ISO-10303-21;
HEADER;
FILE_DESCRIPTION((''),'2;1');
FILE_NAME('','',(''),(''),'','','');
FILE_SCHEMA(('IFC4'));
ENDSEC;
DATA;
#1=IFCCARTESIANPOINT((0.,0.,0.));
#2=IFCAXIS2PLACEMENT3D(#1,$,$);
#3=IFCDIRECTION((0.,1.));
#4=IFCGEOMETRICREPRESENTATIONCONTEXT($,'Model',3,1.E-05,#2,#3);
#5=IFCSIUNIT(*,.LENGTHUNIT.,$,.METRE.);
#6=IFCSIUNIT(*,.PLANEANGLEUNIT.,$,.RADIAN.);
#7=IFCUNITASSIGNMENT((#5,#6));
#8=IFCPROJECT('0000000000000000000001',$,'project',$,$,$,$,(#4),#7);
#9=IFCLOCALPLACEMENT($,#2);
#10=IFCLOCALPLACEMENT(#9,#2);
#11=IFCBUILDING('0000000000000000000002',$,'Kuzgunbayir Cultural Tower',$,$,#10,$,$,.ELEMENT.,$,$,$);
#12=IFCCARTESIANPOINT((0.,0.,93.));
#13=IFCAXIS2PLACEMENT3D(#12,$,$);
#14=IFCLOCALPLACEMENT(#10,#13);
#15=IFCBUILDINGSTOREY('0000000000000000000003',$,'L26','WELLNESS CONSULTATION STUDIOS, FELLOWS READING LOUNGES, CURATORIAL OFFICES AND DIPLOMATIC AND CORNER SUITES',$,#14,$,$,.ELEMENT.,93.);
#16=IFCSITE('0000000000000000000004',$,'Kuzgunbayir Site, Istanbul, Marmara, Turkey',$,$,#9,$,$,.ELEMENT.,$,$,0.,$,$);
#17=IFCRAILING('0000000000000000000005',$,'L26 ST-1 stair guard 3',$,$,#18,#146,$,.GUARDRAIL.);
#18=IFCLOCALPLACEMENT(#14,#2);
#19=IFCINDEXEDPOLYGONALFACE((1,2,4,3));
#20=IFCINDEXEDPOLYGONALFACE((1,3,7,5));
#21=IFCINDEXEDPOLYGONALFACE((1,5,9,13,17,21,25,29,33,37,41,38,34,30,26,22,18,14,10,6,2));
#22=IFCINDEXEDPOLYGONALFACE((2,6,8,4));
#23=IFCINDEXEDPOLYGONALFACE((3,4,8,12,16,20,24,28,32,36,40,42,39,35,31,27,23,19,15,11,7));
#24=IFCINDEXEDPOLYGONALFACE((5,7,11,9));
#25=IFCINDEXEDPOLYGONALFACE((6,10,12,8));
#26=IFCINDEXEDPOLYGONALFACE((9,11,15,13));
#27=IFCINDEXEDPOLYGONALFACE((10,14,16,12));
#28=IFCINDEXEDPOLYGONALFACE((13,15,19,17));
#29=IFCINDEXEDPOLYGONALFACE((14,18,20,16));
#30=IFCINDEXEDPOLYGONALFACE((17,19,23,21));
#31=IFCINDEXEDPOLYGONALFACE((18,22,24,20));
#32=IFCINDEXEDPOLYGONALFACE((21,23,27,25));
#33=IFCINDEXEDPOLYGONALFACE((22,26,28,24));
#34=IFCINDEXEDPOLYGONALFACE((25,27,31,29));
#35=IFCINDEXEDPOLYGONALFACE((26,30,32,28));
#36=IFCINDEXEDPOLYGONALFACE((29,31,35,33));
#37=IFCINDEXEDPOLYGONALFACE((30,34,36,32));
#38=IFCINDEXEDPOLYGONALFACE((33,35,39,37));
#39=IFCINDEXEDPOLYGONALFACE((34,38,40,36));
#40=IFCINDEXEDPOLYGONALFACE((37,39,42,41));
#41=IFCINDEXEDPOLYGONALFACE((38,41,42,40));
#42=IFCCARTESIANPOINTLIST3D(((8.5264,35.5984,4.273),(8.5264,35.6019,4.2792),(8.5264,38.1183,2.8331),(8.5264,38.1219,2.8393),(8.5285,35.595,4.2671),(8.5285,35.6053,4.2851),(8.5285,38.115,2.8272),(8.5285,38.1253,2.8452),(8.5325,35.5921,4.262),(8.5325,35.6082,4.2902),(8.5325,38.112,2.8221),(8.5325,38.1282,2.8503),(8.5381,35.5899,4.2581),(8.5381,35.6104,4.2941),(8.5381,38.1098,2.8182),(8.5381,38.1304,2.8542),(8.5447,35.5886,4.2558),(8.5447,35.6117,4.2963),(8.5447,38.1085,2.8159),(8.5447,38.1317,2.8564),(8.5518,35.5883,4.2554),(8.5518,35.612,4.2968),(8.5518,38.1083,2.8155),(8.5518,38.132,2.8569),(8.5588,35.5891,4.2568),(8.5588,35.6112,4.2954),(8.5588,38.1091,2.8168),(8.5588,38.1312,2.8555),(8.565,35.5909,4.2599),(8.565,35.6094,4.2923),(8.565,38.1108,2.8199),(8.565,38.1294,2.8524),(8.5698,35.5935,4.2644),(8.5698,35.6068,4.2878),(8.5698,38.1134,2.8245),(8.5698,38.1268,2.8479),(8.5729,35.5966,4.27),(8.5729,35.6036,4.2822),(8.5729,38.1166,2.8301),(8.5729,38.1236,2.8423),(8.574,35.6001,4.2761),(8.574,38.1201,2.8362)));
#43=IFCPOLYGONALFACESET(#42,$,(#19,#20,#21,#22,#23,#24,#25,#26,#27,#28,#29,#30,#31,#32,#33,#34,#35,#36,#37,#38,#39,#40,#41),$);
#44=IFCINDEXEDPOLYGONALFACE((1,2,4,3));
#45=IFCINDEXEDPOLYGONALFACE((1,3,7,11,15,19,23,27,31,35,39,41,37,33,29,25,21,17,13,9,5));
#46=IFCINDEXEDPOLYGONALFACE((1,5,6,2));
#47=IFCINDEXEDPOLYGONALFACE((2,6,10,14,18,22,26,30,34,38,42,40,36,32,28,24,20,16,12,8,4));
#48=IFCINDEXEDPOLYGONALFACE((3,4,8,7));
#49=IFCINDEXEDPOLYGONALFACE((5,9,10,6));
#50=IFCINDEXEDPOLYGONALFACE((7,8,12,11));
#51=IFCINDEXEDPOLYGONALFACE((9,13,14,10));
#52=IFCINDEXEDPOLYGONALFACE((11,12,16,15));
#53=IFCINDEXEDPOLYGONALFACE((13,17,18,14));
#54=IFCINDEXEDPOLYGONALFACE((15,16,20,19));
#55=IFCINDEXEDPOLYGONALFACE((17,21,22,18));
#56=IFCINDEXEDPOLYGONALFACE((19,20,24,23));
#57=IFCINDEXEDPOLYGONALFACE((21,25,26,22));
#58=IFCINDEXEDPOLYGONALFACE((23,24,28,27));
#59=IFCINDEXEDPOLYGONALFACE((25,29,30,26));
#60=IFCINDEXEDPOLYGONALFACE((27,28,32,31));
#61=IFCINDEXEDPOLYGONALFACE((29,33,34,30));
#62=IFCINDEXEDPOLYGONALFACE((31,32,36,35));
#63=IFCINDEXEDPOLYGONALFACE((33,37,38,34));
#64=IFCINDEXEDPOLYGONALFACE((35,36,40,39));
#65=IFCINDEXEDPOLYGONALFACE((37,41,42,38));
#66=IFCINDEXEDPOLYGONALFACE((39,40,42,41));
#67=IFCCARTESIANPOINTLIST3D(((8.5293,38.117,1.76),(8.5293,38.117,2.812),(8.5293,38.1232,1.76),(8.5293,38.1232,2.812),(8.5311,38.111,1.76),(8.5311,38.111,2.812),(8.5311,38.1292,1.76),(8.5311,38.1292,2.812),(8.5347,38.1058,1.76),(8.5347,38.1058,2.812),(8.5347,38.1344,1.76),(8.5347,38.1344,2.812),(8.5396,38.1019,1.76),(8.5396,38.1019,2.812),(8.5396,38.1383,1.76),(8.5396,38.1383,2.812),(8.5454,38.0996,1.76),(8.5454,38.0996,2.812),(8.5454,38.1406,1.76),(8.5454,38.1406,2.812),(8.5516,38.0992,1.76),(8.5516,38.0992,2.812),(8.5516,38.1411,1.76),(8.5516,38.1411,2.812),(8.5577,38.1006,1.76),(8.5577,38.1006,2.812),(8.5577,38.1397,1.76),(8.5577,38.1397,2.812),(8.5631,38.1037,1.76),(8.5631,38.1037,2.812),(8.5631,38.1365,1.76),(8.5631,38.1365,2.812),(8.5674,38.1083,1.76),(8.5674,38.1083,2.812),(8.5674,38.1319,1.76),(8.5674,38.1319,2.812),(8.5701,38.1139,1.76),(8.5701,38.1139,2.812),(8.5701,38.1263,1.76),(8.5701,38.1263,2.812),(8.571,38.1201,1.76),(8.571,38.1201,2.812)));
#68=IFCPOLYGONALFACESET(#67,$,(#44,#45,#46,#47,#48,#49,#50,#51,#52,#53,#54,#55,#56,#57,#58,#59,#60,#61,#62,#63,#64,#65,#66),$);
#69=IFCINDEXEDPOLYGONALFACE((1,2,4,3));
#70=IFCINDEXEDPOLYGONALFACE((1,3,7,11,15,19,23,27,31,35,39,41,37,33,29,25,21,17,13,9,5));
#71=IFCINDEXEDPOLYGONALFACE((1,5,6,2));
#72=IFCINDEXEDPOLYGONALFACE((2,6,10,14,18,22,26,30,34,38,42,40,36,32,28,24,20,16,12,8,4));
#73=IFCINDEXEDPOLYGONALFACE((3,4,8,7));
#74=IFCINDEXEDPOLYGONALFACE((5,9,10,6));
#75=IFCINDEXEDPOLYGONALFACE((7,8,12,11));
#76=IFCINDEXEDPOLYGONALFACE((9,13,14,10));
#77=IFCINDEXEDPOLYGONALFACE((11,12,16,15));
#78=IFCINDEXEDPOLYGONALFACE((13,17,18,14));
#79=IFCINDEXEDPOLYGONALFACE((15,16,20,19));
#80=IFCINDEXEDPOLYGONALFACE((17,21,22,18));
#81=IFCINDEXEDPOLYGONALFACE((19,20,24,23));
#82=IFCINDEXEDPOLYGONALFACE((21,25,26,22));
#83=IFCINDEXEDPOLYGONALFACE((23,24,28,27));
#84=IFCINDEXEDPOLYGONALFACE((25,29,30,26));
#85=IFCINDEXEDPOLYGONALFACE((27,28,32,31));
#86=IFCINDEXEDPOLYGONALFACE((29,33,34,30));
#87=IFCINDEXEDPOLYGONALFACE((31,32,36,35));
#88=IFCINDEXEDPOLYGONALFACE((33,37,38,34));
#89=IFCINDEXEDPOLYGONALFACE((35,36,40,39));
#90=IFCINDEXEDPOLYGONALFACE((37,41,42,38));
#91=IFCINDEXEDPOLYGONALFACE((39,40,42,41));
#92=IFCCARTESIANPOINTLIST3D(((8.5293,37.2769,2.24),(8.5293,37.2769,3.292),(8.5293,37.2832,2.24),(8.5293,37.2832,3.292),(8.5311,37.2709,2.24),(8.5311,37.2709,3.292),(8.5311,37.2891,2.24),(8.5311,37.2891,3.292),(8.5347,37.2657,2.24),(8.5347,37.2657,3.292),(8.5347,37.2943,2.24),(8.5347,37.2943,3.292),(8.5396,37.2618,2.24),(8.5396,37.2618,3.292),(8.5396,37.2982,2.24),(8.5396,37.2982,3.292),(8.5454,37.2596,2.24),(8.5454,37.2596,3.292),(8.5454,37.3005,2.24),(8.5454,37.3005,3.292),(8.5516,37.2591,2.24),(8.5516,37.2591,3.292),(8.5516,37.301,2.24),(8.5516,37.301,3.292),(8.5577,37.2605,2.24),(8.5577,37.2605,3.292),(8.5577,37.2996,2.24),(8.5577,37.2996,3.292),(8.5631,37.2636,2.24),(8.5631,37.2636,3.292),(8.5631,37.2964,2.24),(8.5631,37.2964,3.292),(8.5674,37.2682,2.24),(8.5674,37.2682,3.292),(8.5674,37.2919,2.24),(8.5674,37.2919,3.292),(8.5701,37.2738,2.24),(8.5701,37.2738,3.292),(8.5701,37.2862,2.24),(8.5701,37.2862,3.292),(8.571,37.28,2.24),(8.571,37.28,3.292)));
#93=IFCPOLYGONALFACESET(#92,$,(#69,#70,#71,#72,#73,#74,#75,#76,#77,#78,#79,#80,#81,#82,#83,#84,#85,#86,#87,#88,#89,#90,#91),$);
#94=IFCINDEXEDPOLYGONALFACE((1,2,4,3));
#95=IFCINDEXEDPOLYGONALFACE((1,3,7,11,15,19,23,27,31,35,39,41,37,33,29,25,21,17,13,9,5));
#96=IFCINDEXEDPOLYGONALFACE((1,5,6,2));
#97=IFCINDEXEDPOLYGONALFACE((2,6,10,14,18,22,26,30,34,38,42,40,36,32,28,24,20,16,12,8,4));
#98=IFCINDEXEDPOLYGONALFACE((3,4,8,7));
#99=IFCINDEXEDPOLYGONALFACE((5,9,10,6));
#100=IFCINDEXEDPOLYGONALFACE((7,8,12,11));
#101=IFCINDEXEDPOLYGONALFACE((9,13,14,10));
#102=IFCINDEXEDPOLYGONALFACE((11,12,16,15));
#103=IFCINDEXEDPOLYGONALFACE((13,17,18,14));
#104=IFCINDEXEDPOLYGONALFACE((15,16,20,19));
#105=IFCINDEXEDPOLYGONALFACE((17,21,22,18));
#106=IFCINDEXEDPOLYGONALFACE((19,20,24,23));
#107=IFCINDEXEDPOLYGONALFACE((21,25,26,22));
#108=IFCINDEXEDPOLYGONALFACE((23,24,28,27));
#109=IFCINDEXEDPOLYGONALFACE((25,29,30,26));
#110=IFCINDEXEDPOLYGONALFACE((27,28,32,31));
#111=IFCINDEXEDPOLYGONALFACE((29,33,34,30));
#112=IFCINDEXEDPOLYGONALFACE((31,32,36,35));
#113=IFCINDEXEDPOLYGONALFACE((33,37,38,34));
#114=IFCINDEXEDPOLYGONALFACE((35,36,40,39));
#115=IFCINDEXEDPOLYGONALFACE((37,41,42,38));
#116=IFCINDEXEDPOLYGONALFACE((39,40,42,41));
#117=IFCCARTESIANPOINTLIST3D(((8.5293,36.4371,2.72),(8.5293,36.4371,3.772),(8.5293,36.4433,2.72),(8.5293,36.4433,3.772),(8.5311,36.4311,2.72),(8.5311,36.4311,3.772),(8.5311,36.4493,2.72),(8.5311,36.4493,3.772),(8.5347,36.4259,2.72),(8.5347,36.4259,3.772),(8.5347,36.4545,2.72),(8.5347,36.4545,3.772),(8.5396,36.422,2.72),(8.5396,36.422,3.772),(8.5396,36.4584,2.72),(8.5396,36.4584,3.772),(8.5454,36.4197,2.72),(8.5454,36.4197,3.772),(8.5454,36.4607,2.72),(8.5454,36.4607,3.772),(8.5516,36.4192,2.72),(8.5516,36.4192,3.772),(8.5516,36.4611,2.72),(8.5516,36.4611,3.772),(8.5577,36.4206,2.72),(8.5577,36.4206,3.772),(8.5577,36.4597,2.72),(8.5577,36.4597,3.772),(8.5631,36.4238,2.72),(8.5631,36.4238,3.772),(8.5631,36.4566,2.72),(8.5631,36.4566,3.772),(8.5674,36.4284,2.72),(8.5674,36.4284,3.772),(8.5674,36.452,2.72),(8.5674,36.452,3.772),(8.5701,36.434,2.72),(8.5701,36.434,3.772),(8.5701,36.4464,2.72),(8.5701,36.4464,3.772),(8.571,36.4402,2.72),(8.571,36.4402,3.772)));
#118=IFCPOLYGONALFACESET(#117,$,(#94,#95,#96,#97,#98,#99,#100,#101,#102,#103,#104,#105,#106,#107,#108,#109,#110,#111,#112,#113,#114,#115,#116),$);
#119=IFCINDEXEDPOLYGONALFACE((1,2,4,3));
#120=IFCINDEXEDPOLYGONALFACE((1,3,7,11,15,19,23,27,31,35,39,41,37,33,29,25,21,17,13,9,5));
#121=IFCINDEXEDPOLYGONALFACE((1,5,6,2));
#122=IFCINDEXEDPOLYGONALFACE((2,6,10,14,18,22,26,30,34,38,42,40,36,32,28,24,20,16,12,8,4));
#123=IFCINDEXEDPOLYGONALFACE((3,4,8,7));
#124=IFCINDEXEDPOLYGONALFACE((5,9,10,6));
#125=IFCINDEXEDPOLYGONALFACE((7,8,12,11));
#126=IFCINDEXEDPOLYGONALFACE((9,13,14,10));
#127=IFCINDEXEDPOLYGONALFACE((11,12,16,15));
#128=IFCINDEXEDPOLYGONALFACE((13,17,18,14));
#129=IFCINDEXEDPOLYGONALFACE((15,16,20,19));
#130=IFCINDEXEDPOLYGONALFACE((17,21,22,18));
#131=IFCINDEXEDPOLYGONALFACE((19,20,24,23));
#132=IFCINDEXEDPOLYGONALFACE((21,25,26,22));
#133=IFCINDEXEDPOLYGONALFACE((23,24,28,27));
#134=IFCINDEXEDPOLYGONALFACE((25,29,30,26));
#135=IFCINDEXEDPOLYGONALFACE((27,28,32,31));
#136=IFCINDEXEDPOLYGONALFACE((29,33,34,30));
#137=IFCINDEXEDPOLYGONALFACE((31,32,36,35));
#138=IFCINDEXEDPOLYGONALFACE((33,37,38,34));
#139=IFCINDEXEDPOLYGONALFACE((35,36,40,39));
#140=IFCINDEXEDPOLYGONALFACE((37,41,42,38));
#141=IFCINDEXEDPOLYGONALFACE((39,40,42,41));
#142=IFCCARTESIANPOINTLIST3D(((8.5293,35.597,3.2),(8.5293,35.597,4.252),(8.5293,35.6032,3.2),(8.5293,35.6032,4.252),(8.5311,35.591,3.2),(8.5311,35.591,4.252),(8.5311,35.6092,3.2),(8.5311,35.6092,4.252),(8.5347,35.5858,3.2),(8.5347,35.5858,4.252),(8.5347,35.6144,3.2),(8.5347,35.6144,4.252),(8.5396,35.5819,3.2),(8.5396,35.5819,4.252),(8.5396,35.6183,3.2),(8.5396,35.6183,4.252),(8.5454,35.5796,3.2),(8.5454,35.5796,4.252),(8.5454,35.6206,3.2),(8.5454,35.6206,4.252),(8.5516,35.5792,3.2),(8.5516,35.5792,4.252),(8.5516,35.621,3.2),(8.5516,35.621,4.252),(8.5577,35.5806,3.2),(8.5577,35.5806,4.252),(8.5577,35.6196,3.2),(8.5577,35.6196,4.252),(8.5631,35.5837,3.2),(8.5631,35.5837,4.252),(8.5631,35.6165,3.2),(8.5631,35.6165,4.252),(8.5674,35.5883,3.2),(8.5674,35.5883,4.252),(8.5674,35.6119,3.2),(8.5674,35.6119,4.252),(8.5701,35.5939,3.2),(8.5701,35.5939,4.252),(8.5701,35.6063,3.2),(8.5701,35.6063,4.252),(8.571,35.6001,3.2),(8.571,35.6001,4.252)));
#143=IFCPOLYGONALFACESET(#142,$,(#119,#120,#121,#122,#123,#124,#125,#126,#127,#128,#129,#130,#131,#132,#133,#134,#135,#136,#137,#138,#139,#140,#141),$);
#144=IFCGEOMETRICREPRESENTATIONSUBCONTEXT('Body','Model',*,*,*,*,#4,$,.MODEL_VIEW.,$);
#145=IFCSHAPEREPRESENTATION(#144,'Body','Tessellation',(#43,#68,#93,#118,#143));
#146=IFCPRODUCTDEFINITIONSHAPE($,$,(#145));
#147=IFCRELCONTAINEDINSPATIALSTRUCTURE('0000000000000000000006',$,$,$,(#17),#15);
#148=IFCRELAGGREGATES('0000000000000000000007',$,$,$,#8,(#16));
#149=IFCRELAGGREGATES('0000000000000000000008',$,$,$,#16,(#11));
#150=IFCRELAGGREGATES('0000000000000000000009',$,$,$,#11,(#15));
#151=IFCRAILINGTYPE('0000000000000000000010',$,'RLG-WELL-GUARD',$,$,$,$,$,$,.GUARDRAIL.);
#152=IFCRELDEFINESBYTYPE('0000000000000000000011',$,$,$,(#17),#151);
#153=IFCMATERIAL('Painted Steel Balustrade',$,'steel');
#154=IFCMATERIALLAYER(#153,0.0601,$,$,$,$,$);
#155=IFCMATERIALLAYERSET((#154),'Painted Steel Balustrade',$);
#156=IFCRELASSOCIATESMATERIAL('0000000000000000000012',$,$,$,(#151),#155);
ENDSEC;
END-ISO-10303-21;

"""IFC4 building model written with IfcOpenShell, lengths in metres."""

from ifc_helpers import new_model, si_unit, direction, frame, origin, origin_2d, place, context, subcontext, project, spatial, circle, extrude, material, layer, layer_set, type_object, element, save


model = new_model("IFC4")

# Units and contexts
model_context = context("Model", 3, precision=1e-05, world=origin(), true_north=direction((0.0, 1.0)))
body_context = subcontext(model_context, "Body", "Model", "MODEL_VIEW")
ifc_project = project(units=[si_unit("LENGTHUNIT", "METRE"), si_unit("PLANEANGLEUNIT", "RADIAN")], contexts=[model_context])

# Site, building, storey
site_placement = place(None, origin())
site = spatial("IfcSite", under=ifc_project, at=site_placement, Name="Kuzgunbayir Site, Istanbul, Marmara, Turkey", CompositionType="ELEMENT", RefElevation=0.0)
building_placement = place(site_placement, origin())
building = spatial("IfcBuilding", under=site, at=building_placement, Name="Kuzgunbayir Cultural Tower", CompositionType="ELEMENT")
storey_placement = place(building_placement, frame((0.0, 0.0, 93.0)))
storey = spatial("IfcBuildingStorey", under=building, at=storey_placement, Name="L26", Description="WELLNESS CONSULTATION STUDIOS, FELLOWS READING LOUNGES, CURATORIAL OFFICES AND DIPLOMATIC AND CORNER SUITES", CompositionType="ELEMENT", Elevation=93.0)

# Railing
ifc_material_1 = material(Name="Painted Steel Balustrade", Category="steel")
ifc_layer_1 = layer(ifc_material_1, 0.0601)
ifc_layer_set_1 = layer_set([ifc_layer_1], Name="Painted Steel Balustrade")
railing_type_1 = type_object("IfcRailingType", Name="RLG-WELL-GUARD", PredefinedType="GUARDRAIL", material=ifc_layer_set_1)
railing_1_placement = place(storey_placement, frame((8.55, 38.1201, 1.76)))
element("IfcRailing", 1, at=railing_1_placement, inside=storey, type_object=railing_type_1, Name="L26 ST-1 stair guard 3", PredefinedType="GUARDRAIL", context=body_context, shape_type="SweptSolid", body=[
    extrude(circle(Radius=0.0239, at=origin_2d()), frame((0.0, 0.0, 1.0762), z_axis=(0.0, -0.868253, 0.496121), x_axis=(1.0, 0.0, 0.0)), (0.0, 0.0, 1.0), 2.9023),
    extrude(circle(Radius=0.021, at=origin_2d()), origin(), (0.0, 0.0, 1.0), 1.052),
    extrude(circle(Radius=0.021, at=origin_2d()), frame((0.0, -0.8401, 0.48)), (0.0, 0.0, 1.0), 1.052),
    extrude(circle(Radius=0.021, at=origin_2d()), frame((0.0, -1.6799, 0.96)), (0.0, 0.0, 1.0), 1.052),
    extrude(circle(Radius=0.021, at=origin_2d()), frame((0.0, -2.52, 1.4399)), (0.0, 0.0, 1.0), 1.052),
])

save(model, "model.ifc")
